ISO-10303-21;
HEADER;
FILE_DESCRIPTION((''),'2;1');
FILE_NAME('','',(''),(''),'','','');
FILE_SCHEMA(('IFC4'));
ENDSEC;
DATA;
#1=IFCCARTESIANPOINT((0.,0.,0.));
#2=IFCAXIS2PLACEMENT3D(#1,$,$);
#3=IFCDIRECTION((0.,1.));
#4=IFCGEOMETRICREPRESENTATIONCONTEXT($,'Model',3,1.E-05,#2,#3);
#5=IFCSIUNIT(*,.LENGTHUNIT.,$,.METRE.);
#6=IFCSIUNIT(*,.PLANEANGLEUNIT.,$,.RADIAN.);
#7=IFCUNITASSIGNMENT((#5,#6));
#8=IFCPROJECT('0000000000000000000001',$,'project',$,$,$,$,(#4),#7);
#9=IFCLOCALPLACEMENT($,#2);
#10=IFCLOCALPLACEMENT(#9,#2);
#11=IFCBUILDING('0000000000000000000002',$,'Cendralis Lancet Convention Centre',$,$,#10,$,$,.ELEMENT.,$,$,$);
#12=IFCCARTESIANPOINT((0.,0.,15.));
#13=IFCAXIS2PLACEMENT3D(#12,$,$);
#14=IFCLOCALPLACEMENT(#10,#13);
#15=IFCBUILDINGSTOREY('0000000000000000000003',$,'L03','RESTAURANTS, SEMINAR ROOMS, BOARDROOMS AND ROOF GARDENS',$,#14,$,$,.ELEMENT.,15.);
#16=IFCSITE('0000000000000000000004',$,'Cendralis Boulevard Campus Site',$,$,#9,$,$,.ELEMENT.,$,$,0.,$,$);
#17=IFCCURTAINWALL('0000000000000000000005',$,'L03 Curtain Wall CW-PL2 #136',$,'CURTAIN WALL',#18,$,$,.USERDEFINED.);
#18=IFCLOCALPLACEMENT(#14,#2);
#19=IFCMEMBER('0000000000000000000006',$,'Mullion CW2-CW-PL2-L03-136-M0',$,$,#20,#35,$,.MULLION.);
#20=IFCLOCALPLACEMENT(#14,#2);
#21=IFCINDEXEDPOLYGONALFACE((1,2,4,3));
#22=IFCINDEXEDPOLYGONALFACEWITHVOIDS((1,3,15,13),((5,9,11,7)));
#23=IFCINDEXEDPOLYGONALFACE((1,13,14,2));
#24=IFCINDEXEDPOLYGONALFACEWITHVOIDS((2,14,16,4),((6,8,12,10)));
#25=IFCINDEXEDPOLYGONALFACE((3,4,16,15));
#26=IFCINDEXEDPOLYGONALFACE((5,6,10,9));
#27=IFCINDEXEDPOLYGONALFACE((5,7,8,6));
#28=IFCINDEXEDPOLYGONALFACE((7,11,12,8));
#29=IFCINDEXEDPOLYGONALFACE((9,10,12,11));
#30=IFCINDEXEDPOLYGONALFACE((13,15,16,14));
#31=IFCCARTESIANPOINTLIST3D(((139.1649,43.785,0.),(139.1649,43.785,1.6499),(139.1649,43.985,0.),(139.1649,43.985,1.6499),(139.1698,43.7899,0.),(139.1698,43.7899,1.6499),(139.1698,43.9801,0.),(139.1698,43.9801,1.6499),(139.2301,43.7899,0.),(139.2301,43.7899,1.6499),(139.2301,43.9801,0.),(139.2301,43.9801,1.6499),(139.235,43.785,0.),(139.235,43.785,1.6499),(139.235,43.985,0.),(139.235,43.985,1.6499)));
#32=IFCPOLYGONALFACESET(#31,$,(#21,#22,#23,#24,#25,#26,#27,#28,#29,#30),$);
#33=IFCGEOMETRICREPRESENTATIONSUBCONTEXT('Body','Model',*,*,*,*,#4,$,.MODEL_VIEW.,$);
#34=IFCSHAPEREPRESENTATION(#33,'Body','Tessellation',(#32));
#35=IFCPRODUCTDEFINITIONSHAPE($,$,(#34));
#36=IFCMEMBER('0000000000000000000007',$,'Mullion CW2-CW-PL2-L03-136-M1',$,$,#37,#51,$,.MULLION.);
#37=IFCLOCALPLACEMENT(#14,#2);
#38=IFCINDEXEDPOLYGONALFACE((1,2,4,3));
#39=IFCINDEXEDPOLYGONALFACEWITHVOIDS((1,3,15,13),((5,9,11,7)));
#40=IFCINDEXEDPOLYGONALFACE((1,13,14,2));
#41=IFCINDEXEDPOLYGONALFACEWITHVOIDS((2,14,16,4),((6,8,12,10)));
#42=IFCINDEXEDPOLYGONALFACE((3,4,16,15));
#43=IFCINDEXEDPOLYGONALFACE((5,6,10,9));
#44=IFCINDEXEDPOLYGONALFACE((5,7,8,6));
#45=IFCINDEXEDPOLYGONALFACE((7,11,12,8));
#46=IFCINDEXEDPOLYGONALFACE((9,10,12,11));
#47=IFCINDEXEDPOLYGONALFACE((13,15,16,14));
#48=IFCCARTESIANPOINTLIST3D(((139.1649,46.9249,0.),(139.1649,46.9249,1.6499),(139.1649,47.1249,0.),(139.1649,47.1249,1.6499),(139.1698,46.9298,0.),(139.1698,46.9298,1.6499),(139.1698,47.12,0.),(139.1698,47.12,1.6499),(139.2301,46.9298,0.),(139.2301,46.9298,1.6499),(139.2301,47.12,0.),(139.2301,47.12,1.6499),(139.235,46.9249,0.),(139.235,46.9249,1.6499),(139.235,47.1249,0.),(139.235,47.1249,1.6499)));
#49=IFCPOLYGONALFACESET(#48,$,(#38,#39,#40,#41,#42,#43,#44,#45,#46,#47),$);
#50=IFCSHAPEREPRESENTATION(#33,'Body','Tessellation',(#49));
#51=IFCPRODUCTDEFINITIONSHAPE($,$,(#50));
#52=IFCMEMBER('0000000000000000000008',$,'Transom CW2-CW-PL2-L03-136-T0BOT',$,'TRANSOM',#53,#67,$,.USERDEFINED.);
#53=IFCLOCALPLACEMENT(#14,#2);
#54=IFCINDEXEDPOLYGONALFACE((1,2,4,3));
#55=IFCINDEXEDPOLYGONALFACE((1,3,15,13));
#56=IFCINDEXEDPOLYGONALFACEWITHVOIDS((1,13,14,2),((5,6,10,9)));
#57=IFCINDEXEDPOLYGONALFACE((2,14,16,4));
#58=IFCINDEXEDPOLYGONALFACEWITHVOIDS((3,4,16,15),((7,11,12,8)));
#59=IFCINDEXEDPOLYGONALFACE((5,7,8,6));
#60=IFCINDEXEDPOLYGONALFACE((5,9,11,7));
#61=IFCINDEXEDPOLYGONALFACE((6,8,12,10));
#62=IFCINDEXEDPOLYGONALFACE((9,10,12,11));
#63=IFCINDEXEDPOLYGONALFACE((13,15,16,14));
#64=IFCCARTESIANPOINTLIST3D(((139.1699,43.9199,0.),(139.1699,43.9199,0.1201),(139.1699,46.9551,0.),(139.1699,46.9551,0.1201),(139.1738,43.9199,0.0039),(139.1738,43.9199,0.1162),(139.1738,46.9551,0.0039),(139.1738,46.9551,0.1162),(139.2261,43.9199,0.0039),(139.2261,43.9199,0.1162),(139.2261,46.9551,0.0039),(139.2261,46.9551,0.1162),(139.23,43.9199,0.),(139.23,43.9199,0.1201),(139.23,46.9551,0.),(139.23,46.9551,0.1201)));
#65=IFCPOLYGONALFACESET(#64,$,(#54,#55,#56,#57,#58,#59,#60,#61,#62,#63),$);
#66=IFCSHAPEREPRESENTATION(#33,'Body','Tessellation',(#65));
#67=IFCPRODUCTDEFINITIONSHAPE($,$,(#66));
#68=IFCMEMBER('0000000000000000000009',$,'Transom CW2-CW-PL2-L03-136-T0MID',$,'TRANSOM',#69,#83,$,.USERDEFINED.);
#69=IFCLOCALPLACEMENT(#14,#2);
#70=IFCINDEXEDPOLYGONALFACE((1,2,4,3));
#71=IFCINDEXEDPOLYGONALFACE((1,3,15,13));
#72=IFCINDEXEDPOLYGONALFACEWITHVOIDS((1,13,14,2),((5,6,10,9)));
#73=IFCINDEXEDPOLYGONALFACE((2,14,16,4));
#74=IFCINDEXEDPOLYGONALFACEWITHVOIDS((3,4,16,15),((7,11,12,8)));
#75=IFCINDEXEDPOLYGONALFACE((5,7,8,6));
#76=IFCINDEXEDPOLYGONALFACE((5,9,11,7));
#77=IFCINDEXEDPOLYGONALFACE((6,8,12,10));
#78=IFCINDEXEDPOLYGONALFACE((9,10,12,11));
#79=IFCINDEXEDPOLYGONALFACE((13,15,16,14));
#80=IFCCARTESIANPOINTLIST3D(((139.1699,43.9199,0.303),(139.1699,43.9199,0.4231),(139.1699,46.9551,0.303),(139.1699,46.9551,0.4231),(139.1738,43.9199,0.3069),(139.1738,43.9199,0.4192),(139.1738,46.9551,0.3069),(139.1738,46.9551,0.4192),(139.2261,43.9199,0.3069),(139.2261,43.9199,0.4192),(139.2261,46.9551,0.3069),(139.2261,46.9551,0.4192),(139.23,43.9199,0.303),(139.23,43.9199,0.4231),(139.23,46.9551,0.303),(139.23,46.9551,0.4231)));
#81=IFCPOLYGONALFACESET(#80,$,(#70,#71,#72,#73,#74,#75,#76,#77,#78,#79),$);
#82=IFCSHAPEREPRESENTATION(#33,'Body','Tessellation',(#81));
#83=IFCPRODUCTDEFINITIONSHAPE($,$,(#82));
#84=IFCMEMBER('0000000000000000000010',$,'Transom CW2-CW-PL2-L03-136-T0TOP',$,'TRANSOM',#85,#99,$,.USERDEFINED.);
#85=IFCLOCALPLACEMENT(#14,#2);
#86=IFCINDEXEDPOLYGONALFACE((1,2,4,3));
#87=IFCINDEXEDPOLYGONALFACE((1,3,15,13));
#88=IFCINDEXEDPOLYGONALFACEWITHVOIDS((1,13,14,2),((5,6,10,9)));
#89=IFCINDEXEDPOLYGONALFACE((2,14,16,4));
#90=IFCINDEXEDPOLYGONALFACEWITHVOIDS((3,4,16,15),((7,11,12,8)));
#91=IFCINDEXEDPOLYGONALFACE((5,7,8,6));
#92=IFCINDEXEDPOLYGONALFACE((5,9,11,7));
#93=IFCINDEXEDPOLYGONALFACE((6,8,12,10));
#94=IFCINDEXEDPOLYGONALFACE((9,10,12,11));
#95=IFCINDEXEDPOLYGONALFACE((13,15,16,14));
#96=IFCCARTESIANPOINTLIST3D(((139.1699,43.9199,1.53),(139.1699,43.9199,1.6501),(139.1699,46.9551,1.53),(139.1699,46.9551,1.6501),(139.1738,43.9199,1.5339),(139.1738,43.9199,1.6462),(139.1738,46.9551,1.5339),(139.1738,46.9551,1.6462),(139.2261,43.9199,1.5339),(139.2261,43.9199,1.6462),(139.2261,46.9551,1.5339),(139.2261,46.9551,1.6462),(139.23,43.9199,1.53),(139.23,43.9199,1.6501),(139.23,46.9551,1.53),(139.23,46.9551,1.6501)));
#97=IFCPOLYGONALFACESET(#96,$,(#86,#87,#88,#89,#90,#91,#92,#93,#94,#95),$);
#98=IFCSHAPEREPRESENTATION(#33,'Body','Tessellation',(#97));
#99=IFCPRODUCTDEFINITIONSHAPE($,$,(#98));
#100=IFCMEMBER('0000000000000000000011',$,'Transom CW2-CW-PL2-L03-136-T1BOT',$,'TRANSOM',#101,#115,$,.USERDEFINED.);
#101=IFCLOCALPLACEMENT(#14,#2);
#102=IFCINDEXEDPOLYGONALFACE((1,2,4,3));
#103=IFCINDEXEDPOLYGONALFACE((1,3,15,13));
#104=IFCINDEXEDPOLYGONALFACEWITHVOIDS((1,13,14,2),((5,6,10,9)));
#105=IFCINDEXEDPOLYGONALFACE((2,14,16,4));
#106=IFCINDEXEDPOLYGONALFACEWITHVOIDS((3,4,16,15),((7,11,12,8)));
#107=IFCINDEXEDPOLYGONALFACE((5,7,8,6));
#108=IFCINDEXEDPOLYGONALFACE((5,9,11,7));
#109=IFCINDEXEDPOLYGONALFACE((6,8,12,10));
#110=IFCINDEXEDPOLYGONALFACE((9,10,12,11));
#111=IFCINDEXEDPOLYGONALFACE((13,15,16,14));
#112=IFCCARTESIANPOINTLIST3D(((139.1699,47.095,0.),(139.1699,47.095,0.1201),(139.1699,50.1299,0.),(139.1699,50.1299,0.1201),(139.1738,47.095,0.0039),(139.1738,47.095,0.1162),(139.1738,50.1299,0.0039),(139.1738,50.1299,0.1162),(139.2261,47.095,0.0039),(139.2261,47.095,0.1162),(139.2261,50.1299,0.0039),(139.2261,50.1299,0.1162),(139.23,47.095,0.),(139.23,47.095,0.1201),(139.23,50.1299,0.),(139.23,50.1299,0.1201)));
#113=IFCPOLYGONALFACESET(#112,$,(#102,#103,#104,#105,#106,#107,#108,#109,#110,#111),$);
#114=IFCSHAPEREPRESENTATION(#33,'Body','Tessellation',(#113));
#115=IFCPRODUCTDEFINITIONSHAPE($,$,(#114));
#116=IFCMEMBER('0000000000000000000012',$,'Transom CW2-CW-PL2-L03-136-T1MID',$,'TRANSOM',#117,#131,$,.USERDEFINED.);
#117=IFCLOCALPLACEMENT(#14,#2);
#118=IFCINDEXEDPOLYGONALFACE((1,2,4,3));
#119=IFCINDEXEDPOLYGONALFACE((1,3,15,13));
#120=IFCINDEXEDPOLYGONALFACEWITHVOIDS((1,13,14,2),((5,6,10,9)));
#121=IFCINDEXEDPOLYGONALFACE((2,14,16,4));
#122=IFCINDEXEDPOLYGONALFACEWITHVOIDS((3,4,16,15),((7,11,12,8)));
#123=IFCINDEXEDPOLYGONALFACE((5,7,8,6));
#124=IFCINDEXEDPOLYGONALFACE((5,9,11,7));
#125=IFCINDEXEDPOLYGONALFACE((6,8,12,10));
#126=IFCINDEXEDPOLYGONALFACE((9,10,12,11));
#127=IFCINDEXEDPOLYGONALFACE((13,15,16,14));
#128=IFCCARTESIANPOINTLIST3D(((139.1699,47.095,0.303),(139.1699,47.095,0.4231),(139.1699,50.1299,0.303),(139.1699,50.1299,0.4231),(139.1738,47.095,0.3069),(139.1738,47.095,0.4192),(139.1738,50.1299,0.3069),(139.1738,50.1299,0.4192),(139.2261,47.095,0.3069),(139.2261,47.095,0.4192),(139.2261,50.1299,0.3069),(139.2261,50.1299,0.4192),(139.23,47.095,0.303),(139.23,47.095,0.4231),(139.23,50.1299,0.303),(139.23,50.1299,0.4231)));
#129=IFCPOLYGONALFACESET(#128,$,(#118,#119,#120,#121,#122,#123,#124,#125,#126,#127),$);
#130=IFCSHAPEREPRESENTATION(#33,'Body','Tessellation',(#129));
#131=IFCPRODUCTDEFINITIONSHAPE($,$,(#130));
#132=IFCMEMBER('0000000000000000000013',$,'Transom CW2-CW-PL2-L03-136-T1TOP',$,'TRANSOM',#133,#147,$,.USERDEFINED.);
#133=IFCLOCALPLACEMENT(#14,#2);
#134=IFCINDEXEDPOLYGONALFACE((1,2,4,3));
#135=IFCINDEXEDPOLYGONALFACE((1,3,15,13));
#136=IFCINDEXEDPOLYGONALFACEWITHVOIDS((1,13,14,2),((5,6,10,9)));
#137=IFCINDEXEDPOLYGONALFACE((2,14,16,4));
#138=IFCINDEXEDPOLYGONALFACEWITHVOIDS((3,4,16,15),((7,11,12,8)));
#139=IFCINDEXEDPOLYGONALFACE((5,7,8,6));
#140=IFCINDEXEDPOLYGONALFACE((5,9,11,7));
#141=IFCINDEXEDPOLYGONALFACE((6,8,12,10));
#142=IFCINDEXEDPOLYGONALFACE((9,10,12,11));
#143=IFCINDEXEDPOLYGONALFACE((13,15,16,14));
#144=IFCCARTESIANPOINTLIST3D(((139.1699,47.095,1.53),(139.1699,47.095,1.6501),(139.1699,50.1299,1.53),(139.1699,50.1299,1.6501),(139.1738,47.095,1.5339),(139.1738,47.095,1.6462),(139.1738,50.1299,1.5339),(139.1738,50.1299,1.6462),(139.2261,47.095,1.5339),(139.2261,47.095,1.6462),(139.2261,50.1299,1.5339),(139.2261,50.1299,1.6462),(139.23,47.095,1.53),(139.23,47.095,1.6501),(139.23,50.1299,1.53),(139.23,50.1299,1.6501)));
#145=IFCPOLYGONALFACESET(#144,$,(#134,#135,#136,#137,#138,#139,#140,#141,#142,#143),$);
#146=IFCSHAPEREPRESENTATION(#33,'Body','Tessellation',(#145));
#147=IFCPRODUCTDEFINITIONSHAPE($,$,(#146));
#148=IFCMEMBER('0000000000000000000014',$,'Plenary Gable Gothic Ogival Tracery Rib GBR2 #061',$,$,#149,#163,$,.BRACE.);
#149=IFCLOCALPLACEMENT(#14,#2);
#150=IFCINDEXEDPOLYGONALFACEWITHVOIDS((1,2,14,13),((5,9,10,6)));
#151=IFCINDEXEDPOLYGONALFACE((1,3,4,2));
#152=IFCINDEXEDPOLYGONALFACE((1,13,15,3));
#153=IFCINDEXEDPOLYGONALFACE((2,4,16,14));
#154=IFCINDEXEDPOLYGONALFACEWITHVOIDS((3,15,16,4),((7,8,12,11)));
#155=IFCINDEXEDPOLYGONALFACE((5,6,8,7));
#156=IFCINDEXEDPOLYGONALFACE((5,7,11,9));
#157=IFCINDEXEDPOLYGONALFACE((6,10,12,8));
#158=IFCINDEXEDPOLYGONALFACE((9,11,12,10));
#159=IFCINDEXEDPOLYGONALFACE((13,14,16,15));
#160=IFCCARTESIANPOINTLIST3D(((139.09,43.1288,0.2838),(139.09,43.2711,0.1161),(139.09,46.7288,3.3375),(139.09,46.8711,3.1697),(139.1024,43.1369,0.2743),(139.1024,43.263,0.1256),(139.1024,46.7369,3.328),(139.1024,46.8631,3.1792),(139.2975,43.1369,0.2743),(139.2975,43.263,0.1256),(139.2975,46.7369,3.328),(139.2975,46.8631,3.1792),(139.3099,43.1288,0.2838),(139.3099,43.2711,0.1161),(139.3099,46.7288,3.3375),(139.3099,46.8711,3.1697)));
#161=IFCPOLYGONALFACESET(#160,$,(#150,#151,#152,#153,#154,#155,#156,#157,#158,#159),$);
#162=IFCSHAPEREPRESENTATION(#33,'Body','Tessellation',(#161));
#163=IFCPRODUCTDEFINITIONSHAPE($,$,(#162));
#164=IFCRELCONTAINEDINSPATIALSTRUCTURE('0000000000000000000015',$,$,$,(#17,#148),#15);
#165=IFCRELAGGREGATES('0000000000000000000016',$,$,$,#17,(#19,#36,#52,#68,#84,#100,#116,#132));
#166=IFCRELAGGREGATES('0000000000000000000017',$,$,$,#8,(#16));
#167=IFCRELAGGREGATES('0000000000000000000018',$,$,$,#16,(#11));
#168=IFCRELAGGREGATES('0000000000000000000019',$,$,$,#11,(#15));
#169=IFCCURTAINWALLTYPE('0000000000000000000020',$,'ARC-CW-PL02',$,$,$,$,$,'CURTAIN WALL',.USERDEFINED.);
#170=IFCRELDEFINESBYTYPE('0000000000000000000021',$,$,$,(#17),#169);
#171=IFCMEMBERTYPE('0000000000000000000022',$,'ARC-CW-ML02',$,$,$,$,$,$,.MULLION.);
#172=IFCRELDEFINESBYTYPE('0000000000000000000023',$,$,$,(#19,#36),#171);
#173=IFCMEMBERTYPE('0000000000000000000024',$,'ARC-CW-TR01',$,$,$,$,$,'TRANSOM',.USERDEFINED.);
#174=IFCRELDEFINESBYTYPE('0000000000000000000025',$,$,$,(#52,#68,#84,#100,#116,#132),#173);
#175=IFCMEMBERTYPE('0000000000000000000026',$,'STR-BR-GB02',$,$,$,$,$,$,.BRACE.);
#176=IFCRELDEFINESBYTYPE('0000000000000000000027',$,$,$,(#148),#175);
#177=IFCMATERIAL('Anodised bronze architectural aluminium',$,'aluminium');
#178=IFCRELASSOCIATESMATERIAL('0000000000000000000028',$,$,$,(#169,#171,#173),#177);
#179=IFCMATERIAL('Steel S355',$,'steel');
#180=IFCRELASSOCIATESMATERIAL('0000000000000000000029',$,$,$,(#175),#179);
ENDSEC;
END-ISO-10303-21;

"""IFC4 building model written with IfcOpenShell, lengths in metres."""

from ifc_helpers import new_model, si_unit, direction, frame, origin, origin_2d, place, context, subcontext, project, spatial, hollow_rectangle, extrude, material, material_profile, profile_set, type_object, element, aggregate, save


model = new_model("IFC4")

# Units and contexts
model_context = context("Model", 3, precision=1e-05, world=origin(), true_north=direction((0.0, 1.0)))
body_context = subcontext(model_context, "Body", "Model", "MODEL_VIEW")
ifc_project = project(units=[si_unit("LENGTHUNIT", "METRE"), si_unit("PLANEANGLEUNIT", "RADIAN")], contexts=[model_context])

# Site, building, storey
site_placement = place(None, origin())
site = spatial("IfcSite", under=ifc_project, at=site_placement, Name="Cendralis Boulevard Campus Site", CompositionType="ELEMENT", RefElevation=0.0)
building_placement = place(site_placement, origin())
building = spatial("IfcBuilding", under=site, at=building_placement, Name="Cendralis Lancet Convention Centre", CompositionType="ELEMENT")
storey_placement = place(building_placement, frame((0.0, 0.0, 15.0)))
storey = spatial("IfcBuildingStorey", under=building, at=storey_placement, Name="L03", Description="RESTAURANTS, SEMINAR ROOMS, BOARDROOMS AND ROOF GARDENS", CompositionType="ELEMENT", Elevation=15.0)

# Curtain wall, members
ifc_material_1 = material(Name="Anodised bronze architectural aluminium", Category="aluminium")
curtain_wall_type = type_object("IfcCurtainWallType", Name="ARC-CW-PL02", ElementType="CURTAIN WALL", PredefinedType="USERDEFINED", material=ifc_material_1)
curtain_wall_placement = place(storey_placement, origin())
curtain_wall = element("IfcCurtainWall", 1, at=curtain_wall_placement, inside=storey, type_object=curtain_wall_type, Name="L03 Curtain Wall CW-PL2 #136", ObjectType="CURTAIN WALL", PredefinedType="USERDEFINED")
ifc_material_profile_1 = material_profile(ifc_material_1, hollow_rectangle(XDim=0.0701, YDim=0.2, WallThickness=0.0049, at=origin_2d()), Name="AL-MULL 70x200x5.0")
ifc_profile_set_1 = profile_set([ifc_material_profile_1], Name="Anodised bronze architectural aluminium")
member_type_1 = type_object("IfcMemberType", Name="ARC-CW-ML02", PredefinedType="MULLION", material=ifc_profile_set_1)
member_1_placement = place(storey_placement, frame((139.2, 43.885, 0.0), z_axis=(0.0, 0.0, 1.0), x_axis=(1.0, 0.0, 0.0)))
member_1 = element("IfcMember", 2, at=member_1_placement, type_object=member_type_1, Name="Mullion CW2-CW-PL2-L03-136-M0", PredefinedType="MULLION", context=body_context, shape_type="SweptSolid", body=[
    extrude(hollow_rectangle(XDim=0.0701, YDim=0.2, WallThickness=0.0049, at=origin_2d()), origin(), (0.0, 0.0, 1.0), 1.6499),
])
member_2_placement = place(storey_placement, frame((139.2, 47.0249, 0.0), z_axis=(0.0, 0.0, 1.0), x_axis=(1.0, 0.0, 0.0)))
member_2 = element("IfcMember", 3, at=member_2_placement, type_object=member_type_1, Name="Mullion CW2-CW-PL2-L03-136-M1", PredefinedType="MULLION", context=body_context, shape_type="SweptSolid", body=[
    extrude(hollow_rectangle(XDim=0.0701, YDim=0.2, WallThickness=0.0049, at=origin_2d()), origin(), (0.0, 0.0, 1.0), 1.6499),
])
ifc_material_profile_2 = material_profile(ifc_material_1, hollow_rectangle(XDim=0.0601, YDim=0.1201, WallThickness=0.0039, at=origin_2d()), Name="AL-TRAN 60x120x4.0")
ifc_profile_set_2 = profile_set([ifc_material_profile_2], Name="Anodised bronze architectural aluminium")
member_type_2 = type_object("IfcMemberType", Name="ARC-CW-TR01", ElementType="TRANSOM", PredefinedType="USERDEFINED", material=ifc_profile_set_2)
member_3_placement = place(storey_placement, frame((139.2, 43.9199, 0.0601), z_axis=(0.0, 1.0, 0.0), x_axis=(-1.0, 0.0, 0.0)))
member_3 = element("IfcMember", 4, at=member_3_placement, type_object=member_type_2, Name="Transom CW2-CW-PL2-L03-136-T0BOT", ObjectType="TRANSOM", PredefinedType="USERDEFINED", context=body_context, shape_type="SweptSolid", body=[
    extrude(hollow_rectangle(XDim=0.0601, YDim=0.1201, WallThickness=0.0039, at=origin_2d()), origin(), (0.0, 0.0, 1.0), 3.0352),
])
member_4_placement = place(storey_placement, frame((139.2, 43.9199, 0.363), z_axis=(0.0, 1.0, 0.0), x_axis=(-1.0, 0.0, 0.0)))
member_4 = element("IfcMember", 5, at=member_4_placement, type_object=member_type_2, Name="Transom CW2-CW-PL2-L03-136-T0MID", ObjectType="TRANSOM", PredefinedType="USERDEFINED", context=body_context, shape_type="SweptSolid", body=[
    extrude(hollow_rectangle(XDim=0.0601, YDim=0.1201, WallThickness=0.0039, at=origin_2d()), origin(), (0.0, 0.0, 1.0), 3.0352),
])
member_5_placement = place(storey_placement, frame((139.2, 43.9199, 1.5901), z_axis=(0.0, 1.0, 0.0), x_axis=(-1.0, 0.0, 0.0)))
member_5 = element("IfcMember", 6, at=member_5_placement, type_object=member_type_2, Name="Transom CW2-CW-PL2-L03-136-T0TOP", ObjectType="TRANSOM", PredefinedType="USERDEFINED", context=body_context, shape_type="SweptSolid", body=[
    extrude(hollow_rectangle(XDim=0.0601, YDim=0.1201, WallThickness=0.0039, at=origin_2d()), origin(), (0.0, 0.0, 1.0), 3.0352),
])
member_6_placement = place(storey_placement, frame((139.2, 47.095, 0.0601), z_axis=(0.0, 1.0, 0.0), x_axis=(-1.0, 0.0, 0.0)))
member_6 = element("IfcMember", 7, at=member_6_placement, type_object=member_type_2, Name="Transom CW2-CW-PL2-L03-136-T1BOT", ObjectType="TRANSOM", PredefinedType="USERDEFINED", context=body_context, shape_type="SweptSolid", body=[
    extrude(hollow_rectangle(XDim=0.0601, YDim=0.1201, WallThickness=0.0039, at=origin_2d()), origin(), (0.0, 0.0, 1.0), 3.0349),
])
member_7_placement = place(storey_placement, frame((139.2, 47.095, 0.363), z_axis=(0.0, 1.0, 0.0), x_axis=(-1.0, 0.0, 0.0)))
member_7 = element("IfcMember", 8, at=member_7_placement, type_object=member_type_2, Name="Transom CW2-CW-PL2-L03-136-T1MID", ObjectType="TRANSOM", PredefinedType="USERDEFINED", context=body_context, shape_type="SweptSolid", body=[
    extrude(hollow_rectangle(XDim=0.0601, YDim=0.1201, WallThickness=0.0039, at=origin_2d()), origin(), (0.0, 0.0, 1.0), 3.0349),
])
member_8_placement = place(storey_placement, frame((139.2, 47.095, 1.5901), z_axis=(0.0, 1.0, 0.0), x_axis=(-1.0, 0.0, 0.0)))
member_8 = element("IfcMember", 9, at=member_8_placement, type_object=member_type_2, Name="Transom CW2-CW-PL2-L03-136-T1TOP", ObjectType="TRANSOM", PredefinedType="USERDEFINED", context=body_context, shape_type="SweptSolid", body=[
    extrude(hollow_rectangle(XDim=0.0601, YDim=0.1201, WallThickness=0.0039, at=origin_2d()), origin(), (0.0, 0.0, 1.0), 3.0349),
])

# Member
ifc_material_2 = material(Name="Steel S355", Category="steel")
ifc_material_profile_3 = material_profile(ifc_material_2, hollow_rectangle(XDim=0.22, YDim=0.22, WallThickness=0.0125, at=origin_2d()), Name="SHS 220x220x12.5")
ifc_profile_set_3 = profile_set([ifc_material_profile_3], Name="Steel S355")
member_type_3 = type_object("IfcMemberType", Name="STR-BR-GB02", PredefinedType="BRACE", material=ifc_profile_set_3)
member_9_placement = place(storey_placement, frame((139.2, 43.2, 0.2), z_axis=(0.0, 0.762605, 0.646864), x_axis=(-1.0, 0.0, 0.0)))
element("IfcMember", 10, at=member_9_placement, inside=storey, type_object=member_type_3, Name="Plenary Gable Gothic Ogival Tracery Rib GBR2 #061", PredefinedType="BRACE", context=body_context, shape_type="SweptSolid", body=[
    extrude(hollow_rectangle(XDim=0.22, YDim=0.22, WallThickness=0.0125, at=origin_2d()), origin(), (0.0, 0.0, 1.0), 4.7207),
])

aggregate(curtain_wall, [member_1, member_2, member_3, member_4, member_5, member_6, member_7, member_8])

save(model, "model.ifc")
